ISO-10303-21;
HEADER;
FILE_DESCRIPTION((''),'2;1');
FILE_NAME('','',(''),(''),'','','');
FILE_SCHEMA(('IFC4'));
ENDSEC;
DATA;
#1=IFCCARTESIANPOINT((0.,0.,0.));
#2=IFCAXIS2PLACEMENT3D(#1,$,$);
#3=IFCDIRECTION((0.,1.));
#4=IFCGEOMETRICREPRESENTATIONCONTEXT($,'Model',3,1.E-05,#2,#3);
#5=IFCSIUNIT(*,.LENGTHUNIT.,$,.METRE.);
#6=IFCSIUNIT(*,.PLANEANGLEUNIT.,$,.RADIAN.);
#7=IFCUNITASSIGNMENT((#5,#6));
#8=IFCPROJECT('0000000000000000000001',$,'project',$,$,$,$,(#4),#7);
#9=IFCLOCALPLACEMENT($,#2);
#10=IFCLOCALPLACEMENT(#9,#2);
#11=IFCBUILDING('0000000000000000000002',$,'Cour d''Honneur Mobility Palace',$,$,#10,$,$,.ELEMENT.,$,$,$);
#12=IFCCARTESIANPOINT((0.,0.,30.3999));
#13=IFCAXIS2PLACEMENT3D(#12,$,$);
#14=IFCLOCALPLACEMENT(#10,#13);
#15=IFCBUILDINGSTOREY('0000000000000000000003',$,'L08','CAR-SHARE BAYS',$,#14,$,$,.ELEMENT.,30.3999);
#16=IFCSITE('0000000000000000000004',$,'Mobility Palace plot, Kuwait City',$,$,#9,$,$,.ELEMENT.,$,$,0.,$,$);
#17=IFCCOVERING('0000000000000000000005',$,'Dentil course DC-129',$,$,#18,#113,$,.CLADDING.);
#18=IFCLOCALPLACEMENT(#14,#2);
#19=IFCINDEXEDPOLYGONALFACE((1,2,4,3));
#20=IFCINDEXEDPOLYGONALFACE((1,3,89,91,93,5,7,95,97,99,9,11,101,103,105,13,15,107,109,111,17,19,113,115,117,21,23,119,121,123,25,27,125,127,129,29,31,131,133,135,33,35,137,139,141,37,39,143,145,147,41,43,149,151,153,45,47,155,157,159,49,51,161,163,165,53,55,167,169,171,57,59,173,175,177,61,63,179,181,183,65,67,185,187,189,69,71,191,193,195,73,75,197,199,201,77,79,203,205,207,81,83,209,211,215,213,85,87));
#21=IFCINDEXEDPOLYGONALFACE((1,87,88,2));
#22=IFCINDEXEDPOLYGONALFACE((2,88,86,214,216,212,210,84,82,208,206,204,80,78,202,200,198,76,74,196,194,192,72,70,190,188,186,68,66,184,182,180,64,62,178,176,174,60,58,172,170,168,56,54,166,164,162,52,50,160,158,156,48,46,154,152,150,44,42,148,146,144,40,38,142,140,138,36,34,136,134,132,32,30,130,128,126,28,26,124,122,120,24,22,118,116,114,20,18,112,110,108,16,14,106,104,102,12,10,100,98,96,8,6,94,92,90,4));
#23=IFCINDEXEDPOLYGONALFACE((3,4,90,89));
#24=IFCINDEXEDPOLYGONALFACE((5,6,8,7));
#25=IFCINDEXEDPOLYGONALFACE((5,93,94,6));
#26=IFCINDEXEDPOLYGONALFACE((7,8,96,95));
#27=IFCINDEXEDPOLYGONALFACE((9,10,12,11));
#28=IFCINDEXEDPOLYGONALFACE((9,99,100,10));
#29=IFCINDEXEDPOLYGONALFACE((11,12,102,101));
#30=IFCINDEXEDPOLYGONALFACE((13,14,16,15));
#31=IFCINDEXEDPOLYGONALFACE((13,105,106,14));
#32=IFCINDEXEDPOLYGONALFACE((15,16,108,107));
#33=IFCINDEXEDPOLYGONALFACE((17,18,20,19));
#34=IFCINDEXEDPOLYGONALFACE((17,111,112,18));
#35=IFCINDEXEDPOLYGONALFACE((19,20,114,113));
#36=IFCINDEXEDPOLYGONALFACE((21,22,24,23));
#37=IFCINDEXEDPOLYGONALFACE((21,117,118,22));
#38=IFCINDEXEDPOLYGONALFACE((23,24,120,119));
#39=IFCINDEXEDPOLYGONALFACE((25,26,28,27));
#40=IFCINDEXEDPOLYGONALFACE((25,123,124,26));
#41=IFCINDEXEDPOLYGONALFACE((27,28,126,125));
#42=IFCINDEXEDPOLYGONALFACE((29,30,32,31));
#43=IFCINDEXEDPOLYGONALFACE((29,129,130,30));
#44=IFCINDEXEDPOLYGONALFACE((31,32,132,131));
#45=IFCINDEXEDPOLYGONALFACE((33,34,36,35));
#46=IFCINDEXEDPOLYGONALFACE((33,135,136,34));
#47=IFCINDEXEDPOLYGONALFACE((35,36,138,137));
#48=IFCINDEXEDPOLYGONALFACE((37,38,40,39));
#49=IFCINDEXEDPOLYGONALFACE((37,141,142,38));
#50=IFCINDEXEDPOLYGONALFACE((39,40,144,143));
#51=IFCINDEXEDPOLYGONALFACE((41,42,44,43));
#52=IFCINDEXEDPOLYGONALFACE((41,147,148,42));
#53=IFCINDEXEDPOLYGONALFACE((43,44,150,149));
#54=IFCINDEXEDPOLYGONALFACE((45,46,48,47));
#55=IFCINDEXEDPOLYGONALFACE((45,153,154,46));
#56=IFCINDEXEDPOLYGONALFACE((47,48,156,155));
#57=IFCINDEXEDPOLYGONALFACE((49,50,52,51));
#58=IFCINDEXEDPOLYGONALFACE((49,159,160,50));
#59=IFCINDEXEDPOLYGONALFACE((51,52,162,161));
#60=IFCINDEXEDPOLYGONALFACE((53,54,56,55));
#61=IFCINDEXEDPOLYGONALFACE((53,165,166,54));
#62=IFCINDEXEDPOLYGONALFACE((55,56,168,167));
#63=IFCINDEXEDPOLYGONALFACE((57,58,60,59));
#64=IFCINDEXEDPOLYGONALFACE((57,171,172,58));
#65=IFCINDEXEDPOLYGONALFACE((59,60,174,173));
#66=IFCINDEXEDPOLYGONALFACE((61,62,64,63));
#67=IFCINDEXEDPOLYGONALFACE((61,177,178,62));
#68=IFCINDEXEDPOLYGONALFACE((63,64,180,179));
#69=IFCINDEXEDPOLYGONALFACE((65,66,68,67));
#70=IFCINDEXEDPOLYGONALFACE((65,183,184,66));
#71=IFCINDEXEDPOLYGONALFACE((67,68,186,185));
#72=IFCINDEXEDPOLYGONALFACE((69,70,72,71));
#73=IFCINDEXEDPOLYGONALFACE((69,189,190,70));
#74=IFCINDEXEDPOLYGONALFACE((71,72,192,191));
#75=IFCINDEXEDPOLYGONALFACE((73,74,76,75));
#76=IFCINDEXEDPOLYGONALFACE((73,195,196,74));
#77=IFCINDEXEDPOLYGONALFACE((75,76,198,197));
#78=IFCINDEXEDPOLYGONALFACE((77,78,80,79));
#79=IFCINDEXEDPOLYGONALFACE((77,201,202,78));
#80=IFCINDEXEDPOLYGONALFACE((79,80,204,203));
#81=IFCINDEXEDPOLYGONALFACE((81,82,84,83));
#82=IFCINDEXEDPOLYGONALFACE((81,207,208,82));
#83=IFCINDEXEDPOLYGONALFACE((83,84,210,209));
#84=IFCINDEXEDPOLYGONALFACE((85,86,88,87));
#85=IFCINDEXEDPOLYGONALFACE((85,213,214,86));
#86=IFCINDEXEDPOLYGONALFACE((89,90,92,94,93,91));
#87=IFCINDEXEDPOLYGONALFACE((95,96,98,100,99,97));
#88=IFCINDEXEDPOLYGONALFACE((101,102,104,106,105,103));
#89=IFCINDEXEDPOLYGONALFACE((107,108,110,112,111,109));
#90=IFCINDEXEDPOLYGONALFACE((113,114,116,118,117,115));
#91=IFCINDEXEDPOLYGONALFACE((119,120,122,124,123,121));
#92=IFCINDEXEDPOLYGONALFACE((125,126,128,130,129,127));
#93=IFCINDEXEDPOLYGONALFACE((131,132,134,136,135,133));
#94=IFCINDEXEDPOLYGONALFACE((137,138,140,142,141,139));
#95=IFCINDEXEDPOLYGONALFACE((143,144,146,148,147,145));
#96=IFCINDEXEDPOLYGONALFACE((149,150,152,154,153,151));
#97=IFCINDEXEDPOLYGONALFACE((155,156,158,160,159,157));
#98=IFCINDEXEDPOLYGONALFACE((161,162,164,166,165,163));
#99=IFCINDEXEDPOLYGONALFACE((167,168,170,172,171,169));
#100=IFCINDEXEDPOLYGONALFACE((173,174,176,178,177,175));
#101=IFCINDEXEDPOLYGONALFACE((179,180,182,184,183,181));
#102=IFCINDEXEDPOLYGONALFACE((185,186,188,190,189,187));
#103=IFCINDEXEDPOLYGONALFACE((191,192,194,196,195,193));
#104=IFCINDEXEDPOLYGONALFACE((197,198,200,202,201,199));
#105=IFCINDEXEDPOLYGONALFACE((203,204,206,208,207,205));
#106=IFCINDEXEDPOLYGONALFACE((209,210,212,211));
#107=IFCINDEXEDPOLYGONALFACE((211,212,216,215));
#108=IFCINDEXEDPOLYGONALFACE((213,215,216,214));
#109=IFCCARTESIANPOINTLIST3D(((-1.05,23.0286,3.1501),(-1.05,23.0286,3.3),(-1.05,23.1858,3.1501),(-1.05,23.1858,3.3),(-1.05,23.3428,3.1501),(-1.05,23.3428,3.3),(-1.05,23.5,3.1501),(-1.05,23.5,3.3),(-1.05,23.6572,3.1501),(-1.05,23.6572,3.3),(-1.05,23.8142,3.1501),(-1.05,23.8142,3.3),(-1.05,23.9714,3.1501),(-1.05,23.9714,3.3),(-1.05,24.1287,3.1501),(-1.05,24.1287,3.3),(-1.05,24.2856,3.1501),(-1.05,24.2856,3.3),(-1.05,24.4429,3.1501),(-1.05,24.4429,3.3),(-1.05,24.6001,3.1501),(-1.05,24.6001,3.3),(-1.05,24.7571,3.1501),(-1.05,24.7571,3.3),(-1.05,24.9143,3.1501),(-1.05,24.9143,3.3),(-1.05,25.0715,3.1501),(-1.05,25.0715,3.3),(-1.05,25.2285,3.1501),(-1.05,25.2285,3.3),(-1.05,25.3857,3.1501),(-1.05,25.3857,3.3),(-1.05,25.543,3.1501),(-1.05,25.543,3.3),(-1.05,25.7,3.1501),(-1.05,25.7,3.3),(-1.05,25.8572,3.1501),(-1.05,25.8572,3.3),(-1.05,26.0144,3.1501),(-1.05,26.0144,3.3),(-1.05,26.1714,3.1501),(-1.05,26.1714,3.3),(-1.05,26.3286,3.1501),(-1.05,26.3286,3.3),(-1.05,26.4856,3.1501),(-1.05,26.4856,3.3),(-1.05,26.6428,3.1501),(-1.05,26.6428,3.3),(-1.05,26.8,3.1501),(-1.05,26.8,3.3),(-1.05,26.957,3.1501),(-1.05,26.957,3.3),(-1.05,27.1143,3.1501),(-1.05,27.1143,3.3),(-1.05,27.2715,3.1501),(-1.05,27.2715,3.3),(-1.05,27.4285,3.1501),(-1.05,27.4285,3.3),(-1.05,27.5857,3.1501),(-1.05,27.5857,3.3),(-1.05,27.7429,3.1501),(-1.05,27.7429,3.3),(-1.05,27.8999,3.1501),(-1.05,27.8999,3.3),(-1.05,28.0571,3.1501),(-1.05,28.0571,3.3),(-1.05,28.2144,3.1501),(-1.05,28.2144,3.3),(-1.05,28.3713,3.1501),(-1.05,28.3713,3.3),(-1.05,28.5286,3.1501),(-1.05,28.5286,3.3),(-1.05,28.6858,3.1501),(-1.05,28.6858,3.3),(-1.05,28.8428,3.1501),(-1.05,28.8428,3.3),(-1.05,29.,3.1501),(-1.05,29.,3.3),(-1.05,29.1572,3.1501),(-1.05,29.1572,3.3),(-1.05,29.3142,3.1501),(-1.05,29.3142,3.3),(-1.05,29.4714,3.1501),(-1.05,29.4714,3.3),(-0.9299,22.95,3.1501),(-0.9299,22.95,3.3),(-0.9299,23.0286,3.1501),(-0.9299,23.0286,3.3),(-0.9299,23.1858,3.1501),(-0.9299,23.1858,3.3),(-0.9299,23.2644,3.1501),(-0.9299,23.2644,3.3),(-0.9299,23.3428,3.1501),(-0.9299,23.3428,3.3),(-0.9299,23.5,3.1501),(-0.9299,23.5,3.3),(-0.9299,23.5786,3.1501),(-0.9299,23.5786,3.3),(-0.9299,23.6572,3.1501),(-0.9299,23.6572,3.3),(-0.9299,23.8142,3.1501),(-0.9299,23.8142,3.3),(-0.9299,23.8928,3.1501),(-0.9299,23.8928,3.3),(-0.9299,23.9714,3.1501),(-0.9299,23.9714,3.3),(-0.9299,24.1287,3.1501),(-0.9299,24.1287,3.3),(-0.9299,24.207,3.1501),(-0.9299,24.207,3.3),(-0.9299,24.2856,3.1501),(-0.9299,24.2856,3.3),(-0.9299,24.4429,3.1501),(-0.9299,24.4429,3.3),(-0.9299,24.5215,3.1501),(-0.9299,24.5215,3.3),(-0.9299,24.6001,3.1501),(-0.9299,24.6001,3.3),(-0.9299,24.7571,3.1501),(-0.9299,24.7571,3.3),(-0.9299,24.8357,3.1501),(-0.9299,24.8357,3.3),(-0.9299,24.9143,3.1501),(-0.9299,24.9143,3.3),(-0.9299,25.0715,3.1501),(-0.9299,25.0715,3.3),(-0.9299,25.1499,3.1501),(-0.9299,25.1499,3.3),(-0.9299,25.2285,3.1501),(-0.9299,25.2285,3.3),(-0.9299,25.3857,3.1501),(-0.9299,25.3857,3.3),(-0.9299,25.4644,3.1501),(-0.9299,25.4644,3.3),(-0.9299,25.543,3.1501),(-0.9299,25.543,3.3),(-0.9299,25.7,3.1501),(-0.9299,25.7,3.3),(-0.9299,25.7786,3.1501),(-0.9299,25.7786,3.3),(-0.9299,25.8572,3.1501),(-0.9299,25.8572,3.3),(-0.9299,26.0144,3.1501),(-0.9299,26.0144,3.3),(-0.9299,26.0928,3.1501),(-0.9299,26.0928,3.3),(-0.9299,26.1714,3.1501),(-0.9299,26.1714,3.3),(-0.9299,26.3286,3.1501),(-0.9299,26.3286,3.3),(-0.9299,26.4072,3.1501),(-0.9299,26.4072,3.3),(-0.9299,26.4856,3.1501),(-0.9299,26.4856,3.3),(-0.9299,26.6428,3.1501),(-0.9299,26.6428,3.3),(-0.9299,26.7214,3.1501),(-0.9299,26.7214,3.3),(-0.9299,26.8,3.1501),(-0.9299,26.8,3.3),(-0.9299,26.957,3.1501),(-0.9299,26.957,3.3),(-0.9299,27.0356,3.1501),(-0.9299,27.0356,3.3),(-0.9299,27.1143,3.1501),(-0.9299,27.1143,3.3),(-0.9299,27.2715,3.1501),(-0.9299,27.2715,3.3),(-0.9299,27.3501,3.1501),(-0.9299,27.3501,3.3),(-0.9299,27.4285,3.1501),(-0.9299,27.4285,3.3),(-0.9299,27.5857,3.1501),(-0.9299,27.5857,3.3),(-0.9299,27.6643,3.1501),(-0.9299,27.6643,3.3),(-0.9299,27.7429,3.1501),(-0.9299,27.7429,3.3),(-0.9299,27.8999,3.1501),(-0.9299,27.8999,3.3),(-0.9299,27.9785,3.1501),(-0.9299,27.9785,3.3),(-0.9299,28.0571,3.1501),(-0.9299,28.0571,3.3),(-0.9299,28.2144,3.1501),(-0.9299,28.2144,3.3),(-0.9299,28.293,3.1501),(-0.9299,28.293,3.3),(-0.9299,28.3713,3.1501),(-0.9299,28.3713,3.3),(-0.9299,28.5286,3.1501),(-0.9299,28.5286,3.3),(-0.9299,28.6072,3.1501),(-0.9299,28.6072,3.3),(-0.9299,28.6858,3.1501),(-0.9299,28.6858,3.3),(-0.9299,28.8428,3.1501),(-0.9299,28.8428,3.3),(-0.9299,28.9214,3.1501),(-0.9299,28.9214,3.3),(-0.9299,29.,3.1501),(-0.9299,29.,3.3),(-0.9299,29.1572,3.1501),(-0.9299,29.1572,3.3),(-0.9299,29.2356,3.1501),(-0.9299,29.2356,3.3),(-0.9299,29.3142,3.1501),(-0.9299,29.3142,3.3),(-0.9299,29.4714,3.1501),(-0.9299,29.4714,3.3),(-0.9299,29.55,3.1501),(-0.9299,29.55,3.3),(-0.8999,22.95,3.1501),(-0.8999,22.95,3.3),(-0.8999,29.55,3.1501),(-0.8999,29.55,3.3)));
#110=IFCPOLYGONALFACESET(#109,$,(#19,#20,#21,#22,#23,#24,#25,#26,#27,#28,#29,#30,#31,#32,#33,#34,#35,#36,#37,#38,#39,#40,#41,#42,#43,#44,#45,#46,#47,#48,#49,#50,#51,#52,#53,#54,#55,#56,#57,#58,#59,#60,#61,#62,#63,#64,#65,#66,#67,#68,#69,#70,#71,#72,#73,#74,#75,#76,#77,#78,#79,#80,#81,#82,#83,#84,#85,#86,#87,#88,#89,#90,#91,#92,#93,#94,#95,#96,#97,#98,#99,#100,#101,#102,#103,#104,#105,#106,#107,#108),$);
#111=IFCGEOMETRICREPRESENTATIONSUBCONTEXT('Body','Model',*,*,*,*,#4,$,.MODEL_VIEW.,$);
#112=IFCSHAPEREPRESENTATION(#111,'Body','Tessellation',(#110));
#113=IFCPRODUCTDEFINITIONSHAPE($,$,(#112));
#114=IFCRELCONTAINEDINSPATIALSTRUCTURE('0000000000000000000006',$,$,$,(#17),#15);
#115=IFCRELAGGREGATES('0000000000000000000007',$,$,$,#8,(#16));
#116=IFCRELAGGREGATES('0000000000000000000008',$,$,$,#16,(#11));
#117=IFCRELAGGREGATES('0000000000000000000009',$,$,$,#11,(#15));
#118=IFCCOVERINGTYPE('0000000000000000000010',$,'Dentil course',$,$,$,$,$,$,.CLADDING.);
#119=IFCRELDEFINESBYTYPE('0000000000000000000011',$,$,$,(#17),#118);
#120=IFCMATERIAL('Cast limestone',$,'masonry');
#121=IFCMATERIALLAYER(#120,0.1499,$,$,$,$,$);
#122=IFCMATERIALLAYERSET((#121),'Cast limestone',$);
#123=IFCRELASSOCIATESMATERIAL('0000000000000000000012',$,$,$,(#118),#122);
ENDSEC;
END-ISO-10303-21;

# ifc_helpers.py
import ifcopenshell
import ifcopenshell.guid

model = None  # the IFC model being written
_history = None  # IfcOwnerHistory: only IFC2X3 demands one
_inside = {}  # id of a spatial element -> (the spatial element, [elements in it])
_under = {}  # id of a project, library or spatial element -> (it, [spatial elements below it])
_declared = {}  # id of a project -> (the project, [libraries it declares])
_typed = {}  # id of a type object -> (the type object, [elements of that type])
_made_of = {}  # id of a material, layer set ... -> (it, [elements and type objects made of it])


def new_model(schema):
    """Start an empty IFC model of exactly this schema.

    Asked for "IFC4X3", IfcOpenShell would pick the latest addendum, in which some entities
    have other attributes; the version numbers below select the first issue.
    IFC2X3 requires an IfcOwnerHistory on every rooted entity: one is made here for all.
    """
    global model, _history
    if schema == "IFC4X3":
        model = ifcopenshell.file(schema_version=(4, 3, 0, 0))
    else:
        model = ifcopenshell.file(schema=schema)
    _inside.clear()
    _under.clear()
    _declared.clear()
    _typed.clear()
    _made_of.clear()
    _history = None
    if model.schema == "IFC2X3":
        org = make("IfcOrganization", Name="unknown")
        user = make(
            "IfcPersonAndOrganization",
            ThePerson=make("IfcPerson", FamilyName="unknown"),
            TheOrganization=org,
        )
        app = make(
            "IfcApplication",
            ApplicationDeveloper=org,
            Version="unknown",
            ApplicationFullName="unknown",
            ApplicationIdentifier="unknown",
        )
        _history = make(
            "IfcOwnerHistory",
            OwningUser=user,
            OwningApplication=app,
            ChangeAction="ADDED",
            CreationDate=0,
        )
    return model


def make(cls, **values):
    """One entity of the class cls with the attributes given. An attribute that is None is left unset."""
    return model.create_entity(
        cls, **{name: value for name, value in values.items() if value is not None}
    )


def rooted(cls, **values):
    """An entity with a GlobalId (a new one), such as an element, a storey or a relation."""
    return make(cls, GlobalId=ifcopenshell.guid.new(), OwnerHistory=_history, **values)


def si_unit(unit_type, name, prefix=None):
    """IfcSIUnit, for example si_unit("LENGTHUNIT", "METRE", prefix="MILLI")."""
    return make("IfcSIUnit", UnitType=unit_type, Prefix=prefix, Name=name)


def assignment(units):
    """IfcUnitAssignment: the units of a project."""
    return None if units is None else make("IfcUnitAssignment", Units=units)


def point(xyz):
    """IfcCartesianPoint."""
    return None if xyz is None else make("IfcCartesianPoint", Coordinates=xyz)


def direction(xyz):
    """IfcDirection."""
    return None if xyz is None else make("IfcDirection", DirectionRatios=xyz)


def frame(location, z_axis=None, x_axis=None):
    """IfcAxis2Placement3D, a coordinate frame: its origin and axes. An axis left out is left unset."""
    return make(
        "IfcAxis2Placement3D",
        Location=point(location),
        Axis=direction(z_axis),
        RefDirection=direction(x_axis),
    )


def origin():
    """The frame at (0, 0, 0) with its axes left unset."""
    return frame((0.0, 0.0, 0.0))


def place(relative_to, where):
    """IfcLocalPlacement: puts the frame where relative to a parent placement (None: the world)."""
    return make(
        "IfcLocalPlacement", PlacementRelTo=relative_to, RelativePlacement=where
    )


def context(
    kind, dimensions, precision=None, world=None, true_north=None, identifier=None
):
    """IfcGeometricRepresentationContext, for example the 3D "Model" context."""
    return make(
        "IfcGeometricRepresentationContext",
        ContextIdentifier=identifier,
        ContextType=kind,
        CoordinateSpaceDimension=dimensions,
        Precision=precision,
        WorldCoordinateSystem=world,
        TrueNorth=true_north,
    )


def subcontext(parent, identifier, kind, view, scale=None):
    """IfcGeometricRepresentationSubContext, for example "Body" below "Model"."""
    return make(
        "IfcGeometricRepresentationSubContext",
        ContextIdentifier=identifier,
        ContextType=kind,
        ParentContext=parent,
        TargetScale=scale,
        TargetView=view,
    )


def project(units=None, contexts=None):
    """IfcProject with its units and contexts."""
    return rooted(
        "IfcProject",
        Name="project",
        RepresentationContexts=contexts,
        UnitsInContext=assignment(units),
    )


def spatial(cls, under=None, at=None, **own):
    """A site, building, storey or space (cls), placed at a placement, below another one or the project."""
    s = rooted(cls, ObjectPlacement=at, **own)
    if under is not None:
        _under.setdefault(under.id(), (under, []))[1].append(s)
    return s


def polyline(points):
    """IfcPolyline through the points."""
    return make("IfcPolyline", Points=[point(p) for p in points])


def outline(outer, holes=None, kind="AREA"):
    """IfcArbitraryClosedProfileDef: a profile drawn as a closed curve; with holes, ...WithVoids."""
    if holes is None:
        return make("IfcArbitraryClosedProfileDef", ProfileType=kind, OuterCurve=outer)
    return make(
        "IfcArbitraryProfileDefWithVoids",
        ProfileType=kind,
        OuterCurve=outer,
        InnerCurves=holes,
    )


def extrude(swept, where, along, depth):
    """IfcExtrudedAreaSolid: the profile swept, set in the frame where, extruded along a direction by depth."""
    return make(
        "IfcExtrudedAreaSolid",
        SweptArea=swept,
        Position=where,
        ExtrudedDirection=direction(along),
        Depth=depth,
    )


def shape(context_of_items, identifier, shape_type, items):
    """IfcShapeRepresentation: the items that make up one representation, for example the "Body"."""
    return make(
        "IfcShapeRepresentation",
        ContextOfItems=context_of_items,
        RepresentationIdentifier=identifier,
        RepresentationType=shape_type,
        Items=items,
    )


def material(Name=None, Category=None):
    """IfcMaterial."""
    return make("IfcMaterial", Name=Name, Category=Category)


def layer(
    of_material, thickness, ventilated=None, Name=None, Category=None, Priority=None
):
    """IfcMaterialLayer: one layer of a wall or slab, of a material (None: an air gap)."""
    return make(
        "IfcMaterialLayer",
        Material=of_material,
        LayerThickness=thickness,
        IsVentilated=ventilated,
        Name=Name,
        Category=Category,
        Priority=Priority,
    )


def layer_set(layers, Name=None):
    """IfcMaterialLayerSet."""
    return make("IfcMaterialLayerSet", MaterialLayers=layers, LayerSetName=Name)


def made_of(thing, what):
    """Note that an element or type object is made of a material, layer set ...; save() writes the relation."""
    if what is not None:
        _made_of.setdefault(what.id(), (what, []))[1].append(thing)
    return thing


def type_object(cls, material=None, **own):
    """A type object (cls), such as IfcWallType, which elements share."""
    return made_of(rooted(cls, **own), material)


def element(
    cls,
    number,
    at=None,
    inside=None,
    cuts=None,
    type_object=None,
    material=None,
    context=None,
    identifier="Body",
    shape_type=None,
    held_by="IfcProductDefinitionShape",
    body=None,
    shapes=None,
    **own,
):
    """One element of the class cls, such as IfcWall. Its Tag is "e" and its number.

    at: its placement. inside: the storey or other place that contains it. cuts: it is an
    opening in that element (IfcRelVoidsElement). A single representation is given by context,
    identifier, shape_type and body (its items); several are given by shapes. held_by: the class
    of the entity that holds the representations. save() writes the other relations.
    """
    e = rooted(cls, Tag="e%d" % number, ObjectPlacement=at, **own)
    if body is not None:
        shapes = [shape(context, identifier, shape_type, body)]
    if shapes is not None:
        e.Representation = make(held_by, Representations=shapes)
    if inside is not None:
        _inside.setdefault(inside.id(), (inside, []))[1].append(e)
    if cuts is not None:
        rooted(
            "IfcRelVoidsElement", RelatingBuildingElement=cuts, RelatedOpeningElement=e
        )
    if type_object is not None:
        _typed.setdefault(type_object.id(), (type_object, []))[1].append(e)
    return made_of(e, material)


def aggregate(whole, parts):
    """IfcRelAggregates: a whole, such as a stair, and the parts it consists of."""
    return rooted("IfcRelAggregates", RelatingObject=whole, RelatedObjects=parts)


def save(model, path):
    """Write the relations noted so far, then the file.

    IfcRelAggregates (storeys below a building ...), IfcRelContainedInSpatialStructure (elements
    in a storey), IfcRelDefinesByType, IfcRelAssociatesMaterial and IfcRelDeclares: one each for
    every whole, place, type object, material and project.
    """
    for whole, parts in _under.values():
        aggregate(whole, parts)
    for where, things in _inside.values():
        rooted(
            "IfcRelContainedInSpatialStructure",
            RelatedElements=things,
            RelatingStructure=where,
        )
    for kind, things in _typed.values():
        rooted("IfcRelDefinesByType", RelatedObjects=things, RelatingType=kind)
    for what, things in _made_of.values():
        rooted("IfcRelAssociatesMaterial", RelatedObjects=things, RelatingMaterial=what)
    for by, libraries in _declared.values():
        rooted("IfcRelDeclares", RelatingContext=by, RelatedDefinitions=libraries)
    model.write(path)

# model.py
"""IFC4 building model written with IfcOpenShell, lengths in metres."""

from ifc_helpers import new_model, si_unit, direction, frame, origin, place, context, subcontext, project, spatial, polyline, outline, extrude, material, layer, layer_set, type_object, element, save


model = new_model("IFC4")

# Units and contexts
model_context = context("Model", 3, precision=1e-05, world=origin(), true_north=direction((0.0, 1.0)))
body_context = subcontext(model_context, "Body", "Model", "MODEL_VIEW")
ifc_project = project(units=[si_unit("LENGTHUNIT", "METRE"), si_unit("PLANEANGLEUNIT", "RADIAN")], contexts=[model_context])

# Site, building, storey
site_placement = place(None, origin())
site = spatial("IfcSite", under=ifc_project, at=site_placement, Name="Mobility Palace plot, Kuwait City", CompositionType="ELEMENT", RefElevation=0.0)
building_placement = place(site_placement, origin())
building = spatial("IfcBuilding", under=site, at=building_placement, Name="Cour d'Honneur Mobility Palace", CompositionType="ELEMENT")
storey_placement = place(building_placement, frame((0.0, 0.0, 30.3999)))
storey = spatial("IfcBuildingStorey", under=building, at=storey_placement, Name="L08", Description="CAR-SHARE BAYS", CompositionType="ELEMENT", Elevation=30.3999)

# Covering
ifc_material_1 = material(Name="Cast limestone", Category="masonry")
ifc_layer_1 = layer(ifc_material_1, 0.1499)
ifc_layer_set_1 = layer_set([ifc_layer_1], Name="Cast limestone")
covering_type_1 = type_object("IfcCoveringType", Name="Dentil course", PredefinedType="CLADDING", material=ifc_layer_set_1)
covering_1_placement = place(storey_placement, frame((0.0, 0.0, 3.1501)))
element("IfcCovering", 1, at=covering_1_placement, inside=storey, type_object=covering_type_1, Name="Dentil course DC-129", PredefinedType="CLADDING", context=body_context, shape_type="SweptSolid", body=[
    extrude(outline(polyline([(-0.8999, 29.55), (-0.8999, 22.95), (-0.9299, 22.95), (-0.9299, 22.95), (-0.9299, 23.0286), (-1.05, 23.0286), (-1.05, 23.1858), (-0.9299, 23.1858), (-0.9299, 23.2644), (-0.9299, 23.2644), (-0.9299, 23.3428), (-1.05, 23.3428), (-1.05, 23.5), (-0.9299, 23.5), (-0.9299, 23.5786), (-0.9299, 23.5786), (-0.9299, 23.6572), (-1.05, 23.6572), (-1.05, 23.8142), (-0.9299, 23.8142), (-0.9299, 23.8928), (-0.9299, 23.8928), (-0.9299, 23.9714), (-1.05, 23.9714), (-1.05, 24.1287), (-0.9299, 24.1287), (-0.9299, 24.207), (-0.9299, 24.207), (-0.9299, 24.2856), (-1.05, 24.2856), (-1.05, 24.4429), (-0.9299, 24.4429), (-0.9299, 24.5215), (-0.9299, 24.5215), (-0.9299, 24.6001), (-1.05, 24.6001), (-1.05, 24.7571), (-0.9299, 24.7571), (-0.9299, 24.8357), (-0.9299, 24.8357), (-0.9299, 24.9143), (-1.05, 24.9143), (-1.05, 25.0715), (-0.9299, 25.0715), (-0.9299, 25.1499), (-0.9299, 25.1499), (-0.9299, 25.2285), (-1.05, 25.2285), (-1.05, 25.3857), (-0.9299, 25.3857), (-0.9299, 25.4644), (-0.9299, 25.4644), (-0.9299, 25.543), (-1.05, 25.543), (-1.05, 25.7), (-0.9299, 25.7), (-0.9299, 25.7786), (-0.9299, 25.7786), (-0.9299, 25.8572), (-1.05, 25.8572), (-1.05, 26.0144), (-0.9299, 26.0144), (-0.9299, 26.0928), (-0.9299, 26.0928), (-0.9299, 26.1714), (-1.05, 26.1714), (-1.05, 26.3286), (-0.9299, 26.3286), (-0.9299, 26.4072), (-0.9299, 26.4072), (-0.9299, 26.4856), (-1.05, 26.4856), (-1.05, 26.6428), (-0.9299, 26.6428), (-0.9299, 26.7214), (-0.9299, 26.7214), (-0.9299, 26.8), (-1.05, 26.8), (-1.05, 26.957), (-0.9299, 26.957), (-0.9299, 27.0356), (-0.9299, 27.0356), (-0.9299, 27.1143), (-1.05, 27.1143), (-1.05, 27.2715), (-0.9299, 27.2715), (-0.9299, 27.3501), (-0.9299, 27.3501), (-0.9299, 27.4285), (-1.05, 27.4285), (-1.05, 27.5857), (-0.9299, 27.5857), (-0.9299, 27.6643), (-0.9299, 27.6643), (-0.9299, 27.7429), (-1.05, 27.7429), (-1.05, 27.8999), (-0.9299, 27.8999), (-0.9299, 27.9785), (-0.9299, 27.9785), (-0.9299, 28.0571), (-1.05, 28.0571), (-1.05, 28.2144), (-0.9299, 28.2144), (-0.9299, 28.293), (-0.9299, 28.293), (-0.9299, 28.3713), (-1.05, 28.3713), (-1.05, 28.5286), (-0.9299, 28.5286), (-0.9299, 28.6072), (-0.9299, 28.6072), (-0.9299, 28.6858), (-1.05, 28.6858), (-1.05, 28.8428), (-0.9299, 28.8428), (-0.9299, 28.9214), (-0.9299, 28.9214), (-0.9299, 29.0), (-1.05, 29.0), (-1.05, 29.1572), (-0.9299, 29.1572), (-0.9299, 29.2356), (-0.9299, 29.2356), (-0.9299, 29.3142), (-1.05, 29.3142), (-1.05, 29.4714), (-0.9299, 29.4714), (-0.9299, 29.55), (-0.8999, 29.55)])), origin(), (0.0, 0.0, 1.0), 0.1499),
])

save(model, "model.ifc")
